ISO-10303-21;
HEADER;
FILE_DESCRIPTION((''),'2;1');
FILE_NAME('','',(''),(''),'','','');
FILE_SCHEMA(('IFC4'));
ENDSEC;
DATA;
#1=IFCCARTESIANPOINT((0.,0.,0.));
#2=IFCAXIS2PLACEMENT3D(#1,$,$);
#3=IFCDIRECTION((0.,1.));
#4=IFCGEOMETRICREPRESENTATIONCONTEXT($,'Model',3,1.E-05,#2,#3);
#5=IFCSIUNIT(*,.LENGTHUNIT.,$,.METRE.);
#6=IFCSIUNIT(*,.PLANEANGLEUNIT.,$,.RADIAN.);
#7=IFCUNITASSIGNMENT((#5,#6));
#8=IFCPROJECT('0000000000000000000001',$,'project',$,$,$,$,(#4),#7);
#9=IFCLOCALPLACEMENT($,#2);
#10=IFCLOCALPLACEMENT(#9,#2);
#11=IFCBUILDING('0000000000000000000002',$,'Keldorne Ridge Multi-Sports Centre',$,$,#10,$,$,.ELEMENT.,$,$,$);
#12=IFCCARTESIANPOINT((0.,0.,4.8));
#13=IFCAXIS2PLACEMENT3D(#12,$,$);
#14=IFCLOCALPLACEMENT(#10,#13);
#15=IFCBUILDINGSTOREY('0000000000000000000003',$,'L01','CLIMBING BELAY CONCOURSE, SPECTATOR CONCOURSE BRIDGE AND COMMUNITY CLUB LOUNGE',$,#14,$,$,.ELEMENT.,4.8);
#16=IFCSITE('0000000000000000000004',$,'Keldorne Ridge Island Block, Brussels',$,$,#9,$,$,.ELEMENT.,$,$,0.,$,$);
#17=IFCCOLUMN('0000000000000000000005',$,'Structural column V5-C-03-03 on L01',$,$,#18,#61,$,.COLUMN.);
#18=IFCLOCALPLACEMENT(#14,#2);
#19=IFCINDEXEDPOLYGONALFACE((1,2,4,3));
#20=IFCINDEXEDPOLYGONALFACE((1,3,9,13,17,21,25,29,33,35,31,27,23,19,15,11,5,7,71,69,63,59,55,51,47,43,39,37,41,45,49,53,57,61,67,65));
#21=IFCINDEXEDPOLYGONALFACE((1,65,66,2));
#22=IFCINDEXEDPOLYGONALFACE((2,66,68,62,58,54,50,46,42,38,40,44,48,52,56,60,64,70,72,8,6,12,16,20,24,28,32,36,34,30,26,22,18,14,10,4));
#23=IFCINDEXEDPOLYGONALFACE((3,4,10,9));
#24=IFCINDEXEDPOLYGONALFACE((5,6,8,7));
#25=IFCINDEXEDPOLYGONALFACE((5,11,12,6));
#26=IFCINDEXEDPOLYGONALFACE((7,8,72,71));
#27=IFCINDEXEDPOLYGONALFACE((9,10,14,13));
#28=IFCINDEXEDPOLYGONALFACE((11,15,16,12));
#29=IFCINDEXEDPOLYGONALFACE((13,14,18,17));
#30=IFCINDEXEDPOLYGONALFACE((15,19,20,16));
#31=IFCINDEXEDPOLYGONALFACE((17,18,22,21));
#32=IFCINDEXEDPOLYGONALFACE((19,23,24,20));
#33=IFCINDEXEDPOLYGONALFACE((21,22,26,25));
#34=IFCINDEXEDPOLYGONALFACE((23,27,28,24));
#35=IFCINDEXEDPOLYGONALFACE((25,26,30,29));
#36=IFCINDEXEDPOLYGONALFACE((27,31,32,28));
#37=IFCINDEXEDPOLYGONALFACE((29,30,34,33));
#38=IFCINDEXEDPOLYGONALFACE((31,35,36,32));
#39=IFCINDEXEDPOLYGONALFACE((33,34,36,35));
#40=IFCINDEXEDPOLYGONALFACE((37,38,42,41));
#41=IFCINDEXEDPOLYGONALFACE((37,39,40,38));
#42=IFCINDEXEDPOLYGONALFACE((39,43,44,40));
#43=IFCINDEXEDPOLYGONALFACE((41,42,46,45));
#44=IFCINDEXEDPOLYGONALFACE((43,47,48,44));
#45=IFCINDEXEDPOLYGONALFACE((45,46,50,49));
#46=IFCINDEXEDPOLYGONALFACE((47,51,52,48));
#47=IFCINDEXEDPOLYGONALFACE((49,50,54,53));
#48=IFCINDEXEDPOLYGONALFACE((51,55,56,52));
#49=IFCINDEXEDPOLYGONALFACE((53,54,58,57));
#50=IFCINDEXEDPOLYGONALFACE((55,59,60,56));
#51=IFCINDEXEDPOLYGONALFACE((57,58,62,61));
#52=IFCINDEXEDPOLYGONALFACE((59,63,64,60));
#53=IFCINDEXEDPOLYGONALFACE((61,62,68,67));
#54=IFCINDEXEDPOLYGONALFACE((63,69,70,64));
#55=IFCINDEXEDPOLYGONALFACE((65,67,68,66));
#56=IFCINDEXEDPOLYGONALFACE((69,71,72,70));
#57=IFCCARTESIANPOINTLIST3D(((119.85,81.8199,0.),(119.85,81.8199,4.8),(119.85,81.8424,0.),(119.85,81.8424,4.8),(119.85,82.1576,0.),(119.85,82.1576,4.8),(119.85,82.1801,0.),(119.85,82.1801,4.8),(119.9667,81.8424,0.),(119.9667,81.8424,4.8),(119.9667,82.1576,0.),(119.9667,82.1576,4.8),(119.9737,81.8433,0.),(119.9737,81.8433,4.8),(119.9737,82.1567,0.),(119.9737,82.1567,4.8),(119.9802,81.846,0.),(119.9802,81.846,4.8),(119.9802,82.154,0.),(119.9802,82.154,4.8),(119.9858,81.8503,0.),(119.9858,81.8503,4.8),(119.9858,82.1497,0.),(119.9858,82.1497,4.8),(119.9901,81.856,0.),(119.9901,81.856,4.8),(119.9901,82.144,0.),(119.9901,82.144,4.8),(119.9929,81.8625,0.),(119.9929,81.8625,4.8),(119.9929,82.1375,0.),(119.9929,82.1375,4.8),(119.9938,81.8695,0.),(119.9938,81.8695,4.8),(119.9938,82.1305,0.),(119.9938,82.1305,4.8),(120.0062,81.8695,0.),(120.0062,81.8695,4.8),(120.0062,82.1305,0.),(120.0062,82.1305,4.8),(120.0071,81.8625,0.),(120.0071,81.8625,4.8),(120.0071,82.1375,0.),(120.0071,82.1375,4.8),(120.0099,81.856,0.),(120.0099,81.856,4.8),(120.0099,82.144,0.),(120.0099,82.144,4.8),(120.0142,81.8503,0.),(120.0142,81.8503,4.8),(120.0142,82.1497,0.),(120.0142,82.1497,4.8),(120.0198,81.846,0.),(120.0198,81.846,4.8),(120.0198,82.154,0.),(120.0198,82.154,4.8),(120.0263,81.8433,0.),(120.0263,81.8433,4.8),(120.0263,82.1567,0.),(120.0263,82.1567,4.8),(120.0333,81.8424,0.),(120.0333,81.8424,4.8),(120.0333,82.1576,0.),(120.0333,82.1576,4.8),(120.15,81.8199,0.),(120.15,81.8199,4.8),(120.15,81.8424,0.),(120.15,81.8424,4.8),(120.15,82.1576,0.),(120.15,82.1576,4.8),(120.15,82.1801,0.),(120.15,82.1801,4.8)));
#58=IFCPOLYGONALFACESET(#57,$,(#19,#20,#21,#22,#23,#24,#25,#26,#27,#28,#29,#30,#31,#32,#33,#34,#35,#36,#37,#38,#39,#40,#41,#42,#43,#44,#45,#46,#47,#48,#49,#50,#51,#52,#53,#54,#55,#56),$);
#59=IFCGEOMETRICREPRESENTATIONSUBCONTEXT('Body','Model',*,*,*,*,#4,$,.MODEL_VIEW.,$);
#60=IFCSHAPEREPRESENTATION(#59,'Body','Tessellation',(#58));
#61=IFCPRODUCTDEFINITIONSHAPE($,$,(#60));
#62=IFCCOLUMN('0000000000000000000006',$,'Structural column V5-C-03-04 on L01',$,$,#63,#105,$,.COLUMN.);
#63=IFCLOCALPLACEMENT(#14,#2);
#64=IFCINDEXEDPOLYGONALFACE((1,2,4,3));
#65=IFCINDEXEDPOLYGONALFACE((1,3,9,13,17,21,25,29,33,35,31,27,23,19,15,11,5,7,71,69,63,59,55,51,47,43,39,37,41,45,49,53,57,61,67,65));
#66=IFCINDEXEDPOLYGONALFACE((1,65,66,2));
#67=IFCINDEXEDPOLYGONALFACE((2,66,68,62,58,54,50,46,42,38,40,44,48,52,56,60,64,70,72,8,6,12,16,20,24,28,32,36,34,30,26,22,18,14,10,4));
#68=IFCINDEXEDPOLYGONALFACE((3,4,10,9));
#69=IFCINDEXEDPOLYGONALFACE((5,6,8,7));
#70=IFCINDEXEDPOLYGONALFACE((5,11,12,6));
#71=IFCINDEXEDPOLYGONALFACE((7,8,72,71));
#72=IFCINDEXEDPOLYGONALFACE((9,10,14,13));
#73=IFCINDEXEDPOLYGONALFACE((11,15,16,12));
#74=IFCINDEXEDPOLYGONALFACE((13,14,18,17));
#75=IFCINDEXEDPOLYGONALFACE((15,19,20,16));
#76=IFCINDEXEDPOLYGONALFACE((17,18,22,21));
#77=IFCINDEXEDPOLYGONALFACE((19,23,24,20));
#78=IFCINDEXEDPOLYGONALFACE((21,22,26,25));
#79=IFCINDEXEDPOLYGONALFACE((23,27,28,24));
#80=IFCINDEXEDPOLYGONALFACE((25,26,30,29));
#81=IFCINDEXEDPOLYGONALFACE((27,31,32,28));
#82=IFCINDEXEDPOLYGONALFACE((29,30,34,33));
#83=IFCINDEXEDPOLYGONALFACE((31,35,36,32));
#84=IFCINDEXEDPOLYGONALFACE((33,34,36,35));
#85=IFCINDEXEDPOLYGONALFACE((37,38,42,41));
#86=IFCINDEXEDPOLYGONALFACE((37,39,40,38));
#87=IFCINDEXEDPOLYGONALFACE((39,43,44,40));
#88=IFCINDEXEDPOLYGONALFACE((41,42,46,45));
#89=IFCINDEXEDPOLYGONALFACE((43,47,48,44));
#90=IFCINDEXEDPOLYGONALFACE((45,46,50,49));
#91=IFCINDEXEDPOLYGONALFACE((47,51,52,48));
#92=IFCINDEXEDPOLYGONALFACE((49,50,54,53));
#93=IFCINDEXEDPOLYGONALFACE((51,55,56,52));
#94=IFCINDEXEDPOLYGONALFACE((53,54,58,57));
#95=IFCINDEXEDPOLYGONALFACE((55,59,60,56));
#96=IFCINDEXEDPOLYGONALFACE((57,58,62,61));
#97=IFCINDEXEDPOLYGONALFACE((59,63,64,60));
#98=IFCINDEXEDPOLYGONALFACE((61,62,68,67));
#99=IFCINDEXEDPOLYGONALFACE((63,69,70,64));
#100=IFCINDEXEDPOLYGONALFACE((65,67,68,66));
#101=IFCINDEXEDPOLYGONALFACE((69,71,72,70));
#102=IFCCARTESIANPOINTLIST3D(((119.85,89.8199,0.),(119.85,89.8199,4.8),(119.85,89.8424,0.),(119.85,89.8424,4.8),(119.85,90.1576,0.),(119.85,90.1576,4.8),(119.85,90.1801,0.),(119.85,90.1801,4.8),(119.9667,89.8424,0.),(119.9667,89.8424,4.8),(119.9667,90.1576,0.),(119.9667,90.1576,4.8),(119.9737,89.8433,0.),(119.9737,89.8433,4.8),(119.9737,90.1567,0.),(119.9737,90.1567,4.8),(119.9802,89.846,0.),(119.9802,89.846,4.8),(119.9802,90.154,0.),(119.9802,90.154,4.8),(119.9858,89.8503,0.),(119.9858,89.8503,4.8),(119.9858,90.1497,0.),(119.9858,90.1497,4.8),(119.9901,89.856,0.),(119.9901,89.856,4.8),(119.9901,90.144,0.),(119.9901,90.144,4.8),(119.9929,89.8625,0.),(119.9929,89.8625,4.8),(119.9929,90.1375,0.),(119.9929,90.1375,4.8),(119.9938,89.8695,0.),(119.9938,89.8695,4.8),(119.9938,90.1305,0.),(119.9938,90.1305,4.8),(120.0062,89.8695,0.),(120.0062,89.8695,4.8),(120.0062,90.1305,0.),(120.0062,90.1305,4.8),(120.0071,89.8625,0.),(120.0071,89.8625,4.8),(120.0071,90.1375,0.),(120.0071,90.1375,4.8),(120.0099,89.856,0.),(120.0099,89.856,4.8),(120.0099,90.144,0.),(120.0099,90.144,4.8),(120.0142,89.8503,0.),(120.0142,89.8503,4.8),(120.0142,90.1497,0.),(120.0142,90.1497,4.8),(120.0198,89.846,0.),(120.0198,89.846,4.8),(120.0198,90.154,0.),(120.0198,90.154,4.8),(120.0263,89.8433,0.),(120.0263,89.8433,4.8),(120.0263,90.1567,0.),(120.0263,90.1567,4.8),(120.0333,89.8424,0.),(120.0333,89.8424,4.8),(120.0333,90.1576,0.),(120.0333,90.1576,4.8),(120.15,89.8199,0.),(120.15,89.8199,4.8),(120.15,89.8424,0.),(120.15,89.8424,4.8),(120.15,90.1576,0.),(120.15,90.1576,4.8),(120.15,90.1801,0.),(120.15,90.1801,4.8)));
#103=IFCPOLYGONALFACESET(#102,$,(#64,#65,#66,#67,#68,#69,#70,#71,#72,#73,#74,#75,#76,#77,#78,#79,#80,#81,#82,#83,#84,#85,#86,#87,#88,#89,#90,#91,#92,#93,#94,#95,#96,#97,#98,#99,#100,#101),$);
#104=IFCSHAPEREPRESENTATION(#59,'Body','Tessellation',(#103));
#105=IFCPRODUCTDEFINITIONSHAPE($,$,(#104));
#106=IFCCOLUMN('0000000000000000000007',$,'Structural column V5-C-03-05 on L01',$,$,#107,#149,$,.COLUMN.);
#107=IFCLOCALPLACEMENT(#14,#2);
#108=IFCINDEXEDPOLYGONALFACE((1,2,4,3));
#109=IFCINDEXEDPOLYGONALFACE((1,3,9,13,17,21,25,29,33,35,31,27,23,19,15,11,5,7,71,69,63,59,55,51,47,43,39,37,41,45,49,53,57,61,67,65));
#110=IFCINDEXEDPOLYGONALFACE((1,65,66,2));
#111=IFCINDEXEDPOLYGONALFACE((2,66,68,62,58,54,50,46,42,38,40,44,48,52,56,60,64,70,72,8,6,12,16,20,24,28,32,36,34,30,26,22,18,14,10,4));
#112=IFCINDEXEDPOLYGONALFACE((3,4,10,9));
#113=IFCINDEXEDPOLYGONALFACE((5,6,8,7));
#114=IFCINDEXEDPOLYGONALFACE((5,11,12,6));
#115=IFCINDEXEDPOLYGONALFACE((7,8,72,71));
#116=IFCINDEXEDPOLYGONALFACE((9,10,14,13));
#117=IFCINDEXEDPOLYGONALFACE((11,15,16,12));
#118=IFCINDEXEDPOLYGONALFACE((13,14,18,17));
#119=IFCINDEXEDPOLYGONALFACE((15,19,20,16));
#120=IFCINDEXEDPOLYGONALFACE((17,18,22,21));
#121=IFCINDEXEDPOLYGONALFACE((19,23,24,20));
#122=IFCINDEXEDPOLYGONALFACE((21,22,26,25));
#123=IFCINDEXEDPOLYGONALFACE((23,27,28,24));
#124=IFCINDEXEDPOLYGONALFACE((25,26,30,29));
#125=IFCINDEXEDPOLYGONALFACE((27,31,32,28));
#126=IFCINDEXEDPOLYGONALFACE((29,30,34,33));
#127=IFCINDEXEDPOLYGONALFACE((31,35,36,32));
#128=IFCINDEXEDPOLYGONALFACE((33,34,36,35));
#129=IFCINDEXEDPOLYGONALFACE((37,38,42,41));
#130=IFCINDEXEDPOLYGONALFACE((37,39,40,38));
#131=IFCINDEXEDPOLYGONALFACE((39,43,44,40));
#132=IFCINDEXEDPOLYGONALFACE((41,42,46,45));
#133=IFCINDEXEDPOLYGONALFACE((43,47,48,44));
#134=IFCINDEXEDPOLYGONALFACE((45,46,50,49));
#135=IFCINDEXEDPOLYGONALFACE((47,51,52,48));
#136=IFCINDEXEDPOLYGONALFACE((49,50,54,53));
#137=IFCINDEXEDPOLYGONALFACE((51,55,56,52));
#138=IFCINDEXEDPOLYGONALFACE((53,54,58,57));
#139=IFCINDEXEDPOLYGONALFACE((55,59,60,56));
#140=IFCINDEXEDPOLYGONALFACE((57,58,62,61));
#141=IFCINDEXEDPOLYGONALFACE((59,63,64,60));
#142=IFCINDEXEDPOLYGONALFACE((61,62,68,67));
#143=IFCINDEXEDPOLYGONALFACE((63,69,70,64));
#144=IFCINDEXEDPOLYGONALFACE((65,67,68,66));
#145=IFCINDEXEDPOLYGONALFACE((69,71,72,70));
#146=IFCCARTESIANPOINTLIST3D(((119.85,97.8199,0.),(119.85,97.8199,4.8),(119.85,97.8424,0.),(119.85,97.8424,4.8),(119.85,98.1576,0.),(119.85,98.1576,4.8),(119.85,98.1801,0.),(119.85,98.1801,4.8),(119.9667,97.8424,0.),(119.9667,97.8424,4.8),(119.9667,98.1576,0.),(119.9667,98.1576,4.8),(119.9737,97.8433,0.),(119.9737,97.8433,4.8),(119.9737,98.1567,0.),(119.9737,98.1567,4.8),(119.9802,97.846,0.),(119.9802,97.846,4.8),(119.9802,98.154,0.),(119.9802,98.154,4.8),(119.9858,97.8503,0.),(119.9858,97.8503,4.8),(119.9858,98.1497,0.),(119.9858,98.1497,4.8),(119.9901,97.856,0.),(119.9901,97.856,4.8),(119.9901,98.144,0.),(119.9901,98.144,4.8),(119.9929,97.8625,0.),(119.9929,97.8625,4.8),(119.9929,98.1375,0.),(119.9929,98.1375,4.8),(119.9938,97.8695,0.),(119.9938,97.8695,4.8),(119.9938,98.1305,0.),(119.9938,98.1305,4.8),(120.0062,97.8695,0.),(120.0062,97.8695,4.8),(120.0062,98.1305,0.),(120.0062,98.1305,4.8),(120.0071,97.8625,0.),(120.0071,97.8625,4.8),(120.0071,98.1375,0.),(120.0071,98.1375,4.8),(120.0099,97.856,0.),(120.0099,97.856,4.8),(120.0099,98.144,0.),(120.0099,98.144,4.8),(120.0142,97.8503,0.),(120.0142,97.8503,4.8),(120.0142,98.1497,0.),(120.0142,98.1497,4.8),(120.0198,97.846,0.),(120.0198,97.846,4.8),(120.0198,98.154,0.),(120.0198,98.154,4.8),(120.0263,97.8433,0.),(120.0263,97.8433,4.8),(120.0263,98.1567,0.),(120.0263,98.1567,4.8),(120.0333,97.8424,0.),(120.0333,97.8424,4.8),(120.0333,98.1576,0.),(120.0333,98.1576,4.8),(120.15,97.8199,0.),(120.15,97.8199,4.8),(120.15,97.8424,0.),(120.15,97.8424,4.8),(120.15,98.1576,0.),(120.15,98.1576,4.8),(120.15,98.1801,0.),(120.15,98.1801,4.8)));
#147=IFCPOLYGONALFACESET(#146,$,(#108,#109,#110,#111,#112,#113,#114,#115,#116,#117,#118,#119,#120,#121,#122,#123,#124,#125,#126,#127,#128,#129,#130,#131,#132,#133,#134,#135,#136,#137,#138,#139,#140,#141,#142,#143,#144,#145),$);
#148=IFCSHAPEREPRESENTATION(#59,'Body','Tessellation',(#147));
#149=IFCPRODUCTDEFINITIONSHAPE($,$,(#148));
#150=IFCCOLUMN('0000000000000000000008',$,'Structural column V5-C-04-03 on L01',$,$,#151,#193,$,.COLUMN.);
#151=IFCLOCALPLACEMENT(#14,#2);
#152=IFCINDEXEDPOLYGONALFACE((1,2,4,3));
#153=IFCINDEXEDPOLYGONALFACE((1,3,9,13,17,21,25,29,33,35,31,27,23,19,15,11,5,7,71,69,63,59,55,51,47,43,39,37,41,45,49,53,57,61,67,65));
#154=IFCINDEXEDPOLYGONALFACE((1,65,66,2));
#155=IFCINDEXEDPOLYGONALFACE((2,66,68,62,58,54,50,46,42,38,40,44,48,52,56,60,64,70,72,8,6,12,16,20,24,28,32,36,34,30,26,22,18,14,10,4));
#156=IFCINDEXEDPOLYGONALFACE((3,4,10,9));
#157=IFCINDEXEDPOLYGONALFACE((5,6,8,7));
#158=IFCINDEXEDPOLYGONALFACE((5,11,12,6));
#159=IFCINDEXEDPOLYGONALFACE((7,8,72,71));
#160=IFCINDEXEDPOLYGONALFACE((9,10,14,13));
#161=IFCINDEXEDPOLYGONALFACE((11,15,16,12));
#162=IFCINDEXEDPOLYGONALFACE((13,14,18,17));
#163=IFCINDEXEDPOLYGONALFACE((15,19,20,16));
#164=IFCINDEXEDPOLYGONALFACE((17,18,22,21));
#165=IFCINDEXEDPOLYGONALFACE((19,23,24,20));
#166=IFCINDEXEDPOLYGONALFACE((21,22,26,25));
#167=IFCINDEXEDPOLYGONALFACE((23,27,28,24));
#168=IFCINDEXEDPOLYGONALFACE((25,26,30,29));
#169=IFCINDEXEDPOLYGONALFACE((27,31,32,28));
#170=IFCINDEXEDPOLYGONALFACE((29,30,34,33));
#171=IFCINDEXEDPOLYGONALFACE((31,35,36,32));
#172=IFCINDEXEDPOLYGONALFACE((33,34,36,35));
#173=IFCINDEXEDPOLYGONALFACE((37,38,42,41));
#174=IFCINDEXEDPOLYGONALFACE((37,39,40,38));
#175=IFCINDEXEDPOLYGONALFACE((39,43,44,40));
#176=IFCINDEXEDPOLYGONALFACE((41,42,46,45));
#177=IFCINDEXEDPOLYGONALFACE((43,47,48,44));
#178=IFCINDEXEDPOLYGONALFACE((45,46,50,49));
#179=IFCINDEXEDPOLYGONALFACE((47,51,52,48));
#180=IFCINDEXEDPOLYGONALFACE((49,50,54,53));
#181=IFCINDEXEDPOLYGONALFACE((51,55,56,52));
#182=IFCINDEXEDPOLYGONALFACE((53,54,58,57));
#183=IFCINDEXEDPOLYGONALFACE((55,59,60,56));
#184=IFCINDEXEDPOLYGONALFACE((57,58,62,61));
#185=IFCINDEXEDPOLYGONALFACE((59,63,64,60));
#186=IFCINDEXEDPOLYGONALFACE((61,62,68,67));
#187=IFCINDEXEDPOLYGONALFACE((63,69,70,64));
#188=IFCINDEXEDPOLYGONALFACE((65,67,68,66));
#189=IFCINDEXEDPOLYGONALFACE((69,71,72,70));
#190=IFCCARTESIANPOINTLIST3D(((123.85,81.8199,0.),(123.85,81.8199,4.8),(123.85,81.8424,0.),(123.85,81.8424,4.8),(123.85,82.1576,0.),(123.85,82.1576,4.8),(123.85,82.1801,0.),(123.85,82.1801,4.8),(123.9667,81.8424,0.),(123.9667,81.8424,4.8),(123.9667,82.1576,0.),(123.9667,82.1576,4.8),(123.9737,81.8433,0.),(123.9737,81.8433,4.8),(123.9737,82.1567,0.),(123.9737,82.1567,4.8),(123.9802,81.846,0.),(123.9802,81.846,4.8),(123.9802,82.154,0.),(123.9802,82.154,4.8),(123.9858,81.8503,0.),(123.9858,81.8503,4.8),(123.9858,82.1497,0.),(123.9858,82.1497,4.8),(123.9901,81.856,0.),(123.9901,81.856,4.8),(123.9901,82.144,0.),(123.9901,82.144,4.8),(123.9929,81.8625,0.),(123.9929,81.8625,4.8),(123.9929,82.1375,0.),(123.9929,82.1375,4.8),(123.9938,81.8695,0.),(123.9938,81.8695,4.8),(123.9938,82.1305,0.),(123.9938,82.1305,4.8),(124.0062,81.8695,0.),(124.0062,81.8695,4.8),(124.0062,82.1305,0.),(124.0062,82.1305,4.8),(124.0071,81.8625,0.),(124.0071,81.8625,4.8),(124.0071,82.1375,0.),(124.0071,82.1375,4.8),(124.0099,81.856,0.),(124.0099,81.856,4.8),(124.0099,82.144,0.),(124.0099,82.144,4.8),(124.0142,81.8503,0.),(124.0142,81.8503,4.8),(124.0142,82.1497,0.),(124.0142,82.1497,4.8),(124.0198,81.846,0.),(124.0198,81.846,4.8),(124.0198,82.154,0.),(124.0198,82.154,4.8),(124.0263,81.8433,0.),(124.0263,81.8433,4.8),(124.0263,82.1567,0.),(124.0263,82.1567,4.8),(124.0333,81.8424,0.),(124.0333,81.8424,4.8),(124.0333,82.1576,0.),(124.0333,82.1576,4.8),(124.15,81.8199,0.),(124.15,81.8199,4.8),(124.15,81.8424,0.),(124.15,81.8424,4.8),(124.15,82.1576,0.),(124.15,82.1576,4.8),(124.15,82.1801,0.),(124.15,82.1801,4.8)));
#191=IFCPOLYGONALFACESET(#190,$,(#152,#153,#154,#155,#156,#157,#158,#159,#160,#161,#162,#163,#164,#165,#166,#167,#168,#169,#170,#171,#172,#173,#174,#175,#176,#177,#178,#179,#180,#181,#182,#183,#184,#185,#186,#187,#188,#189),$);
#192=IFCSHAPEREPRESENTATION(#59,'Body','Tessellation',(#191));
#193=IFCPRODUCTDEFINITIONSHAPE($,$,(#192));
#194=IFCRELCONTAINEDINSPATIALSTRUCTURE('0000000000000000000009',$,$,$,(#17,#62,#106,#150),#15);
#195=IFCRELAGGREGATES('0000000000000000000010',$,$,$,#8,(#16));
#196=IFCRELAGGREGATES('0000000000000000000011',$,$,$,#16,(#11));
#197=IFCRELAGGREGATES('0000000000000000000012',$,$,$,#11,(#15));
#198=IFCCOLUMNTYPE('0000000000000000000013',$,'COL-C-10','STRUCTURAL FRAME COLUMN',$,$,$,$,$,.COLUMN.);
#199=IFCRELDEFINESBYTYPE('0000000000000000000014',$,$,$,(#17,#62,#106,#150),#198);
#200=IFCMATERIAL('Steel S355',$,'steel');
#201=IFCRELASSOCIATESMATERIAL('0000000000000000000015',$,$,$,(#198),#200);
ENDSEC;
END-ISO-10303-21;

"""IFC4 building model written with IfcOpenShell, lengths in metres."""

from ifc_helpers import new_model, si_unit, direction, frame, origin, origin_2d, place, context, subcontext, project, spatial, i_section, extrude, material, material_profile, profile_set, type_object, element, save


model = new_model("IFC4")

# Units and contexts
model_context = context("Model", 3, precision=1e-05, world=origin(), true_north=direction((0.0, 1.0)))
body_context = subcontext(model_context, "Body", "Model", "MODEL_VIEW")
ifc_project = project(units=[si_unit("LENGTHUNIT", "METRE"), si_unit("PLANEANGLEUNIT", "RADIAN")], contexts=[model_context])

# Site, building, storey
site_placement = place(None, origin())
site = spatial("IfcSite", under=ifc_project, at=site_placement, Name="Keldorne Ridge Island Block, Brussels", CompositionType="ELEMENT", RefElevation=0.0)
building_placement = place(site_placement, origin())
building = spatial("IfcBuilding", under=site, at=building_placement, Name="Keldorne Ridge Multi-Sports Centre", CompositionType="ELEMENT")
storey_placement = place(building_placement, frame((0.0, 0.0, 4.8)))
storey = spatial("IfcBuildingStorey", under=building, at=storey_placement, Name="L01", Description="CLIMBING BELAY CONCOURSE, SPECTATOR CONCOURSE BRIDGE AND COMMUNITY CLUB LOUNGE", CompositionType="ELEMENT", Elevation=4.8)

# Columns
ifc_material_1 = material(Name="Steel S355", Category="steel")
ifc_material_profile_1 = material_profile(ifc_material_1, i_section(OverallWidth=0.3, OverallDepth=0.3601, WebThickness=0.0125, FlangeThickness=0.0225, FilletRadius=0.0271, at=origin_2d()), Name="HEB 360")
ifc_profile_set_1 = profile_set([ifc_material_profile_1], Name="Steel S355")
column_type = type_object("IfcColumnType", Name="COL-C-10", Description="STRUCTURAL FRAME COLUMN", PredefinedType="COLUMN", material=ifc_profile_set_1)
for number, where, z_axis, x_axis, name in (
    (1, (120.0, 82.0, 0.0), (0.0, 0.0, 1.0), (1.0, 0.0, 0.0), "Structural column V5-C-03-03 on L01"),
    (2, (120.0, 90.0, 0.0), (0.0, 0.0, 1.0), (1.0, 0.0, 0.0), "Structural column V5-C-03-04 on L01"),
    (3, (120.0, 98.0, 0.0), (0.0, 0.0, 1.0), (1.0, 0.0, 0.0), "Structural column V5-C-03-05 on L01"),
    (4, (124.0, 82.0, 0.0), (0.0, 0.0, 1.0), (1.0, 0.0, 0.0), "Structural column V5-C-04-03 on L01"),
):
    element("IfcColumn", number, at=place(storey_placement, frame(where, z_axis=z_axis, x_axis=x_axis)), inside=storey, type_object=column_type, Name=name, PredefinedType="COLUMN", context=body_context, shape_type="SweptSolid", body=[
        extrude(i_section(OverallWidth=0.3, OverallDepth=0.3601, WebThickness=0.0125, FlangeThickness=0.0225, FilletRadius=0.0271, at=origin_2d()), origin(), (0.0, 0.0, 1.0), 4.8),
    ])

save(model, "model.ifc")
